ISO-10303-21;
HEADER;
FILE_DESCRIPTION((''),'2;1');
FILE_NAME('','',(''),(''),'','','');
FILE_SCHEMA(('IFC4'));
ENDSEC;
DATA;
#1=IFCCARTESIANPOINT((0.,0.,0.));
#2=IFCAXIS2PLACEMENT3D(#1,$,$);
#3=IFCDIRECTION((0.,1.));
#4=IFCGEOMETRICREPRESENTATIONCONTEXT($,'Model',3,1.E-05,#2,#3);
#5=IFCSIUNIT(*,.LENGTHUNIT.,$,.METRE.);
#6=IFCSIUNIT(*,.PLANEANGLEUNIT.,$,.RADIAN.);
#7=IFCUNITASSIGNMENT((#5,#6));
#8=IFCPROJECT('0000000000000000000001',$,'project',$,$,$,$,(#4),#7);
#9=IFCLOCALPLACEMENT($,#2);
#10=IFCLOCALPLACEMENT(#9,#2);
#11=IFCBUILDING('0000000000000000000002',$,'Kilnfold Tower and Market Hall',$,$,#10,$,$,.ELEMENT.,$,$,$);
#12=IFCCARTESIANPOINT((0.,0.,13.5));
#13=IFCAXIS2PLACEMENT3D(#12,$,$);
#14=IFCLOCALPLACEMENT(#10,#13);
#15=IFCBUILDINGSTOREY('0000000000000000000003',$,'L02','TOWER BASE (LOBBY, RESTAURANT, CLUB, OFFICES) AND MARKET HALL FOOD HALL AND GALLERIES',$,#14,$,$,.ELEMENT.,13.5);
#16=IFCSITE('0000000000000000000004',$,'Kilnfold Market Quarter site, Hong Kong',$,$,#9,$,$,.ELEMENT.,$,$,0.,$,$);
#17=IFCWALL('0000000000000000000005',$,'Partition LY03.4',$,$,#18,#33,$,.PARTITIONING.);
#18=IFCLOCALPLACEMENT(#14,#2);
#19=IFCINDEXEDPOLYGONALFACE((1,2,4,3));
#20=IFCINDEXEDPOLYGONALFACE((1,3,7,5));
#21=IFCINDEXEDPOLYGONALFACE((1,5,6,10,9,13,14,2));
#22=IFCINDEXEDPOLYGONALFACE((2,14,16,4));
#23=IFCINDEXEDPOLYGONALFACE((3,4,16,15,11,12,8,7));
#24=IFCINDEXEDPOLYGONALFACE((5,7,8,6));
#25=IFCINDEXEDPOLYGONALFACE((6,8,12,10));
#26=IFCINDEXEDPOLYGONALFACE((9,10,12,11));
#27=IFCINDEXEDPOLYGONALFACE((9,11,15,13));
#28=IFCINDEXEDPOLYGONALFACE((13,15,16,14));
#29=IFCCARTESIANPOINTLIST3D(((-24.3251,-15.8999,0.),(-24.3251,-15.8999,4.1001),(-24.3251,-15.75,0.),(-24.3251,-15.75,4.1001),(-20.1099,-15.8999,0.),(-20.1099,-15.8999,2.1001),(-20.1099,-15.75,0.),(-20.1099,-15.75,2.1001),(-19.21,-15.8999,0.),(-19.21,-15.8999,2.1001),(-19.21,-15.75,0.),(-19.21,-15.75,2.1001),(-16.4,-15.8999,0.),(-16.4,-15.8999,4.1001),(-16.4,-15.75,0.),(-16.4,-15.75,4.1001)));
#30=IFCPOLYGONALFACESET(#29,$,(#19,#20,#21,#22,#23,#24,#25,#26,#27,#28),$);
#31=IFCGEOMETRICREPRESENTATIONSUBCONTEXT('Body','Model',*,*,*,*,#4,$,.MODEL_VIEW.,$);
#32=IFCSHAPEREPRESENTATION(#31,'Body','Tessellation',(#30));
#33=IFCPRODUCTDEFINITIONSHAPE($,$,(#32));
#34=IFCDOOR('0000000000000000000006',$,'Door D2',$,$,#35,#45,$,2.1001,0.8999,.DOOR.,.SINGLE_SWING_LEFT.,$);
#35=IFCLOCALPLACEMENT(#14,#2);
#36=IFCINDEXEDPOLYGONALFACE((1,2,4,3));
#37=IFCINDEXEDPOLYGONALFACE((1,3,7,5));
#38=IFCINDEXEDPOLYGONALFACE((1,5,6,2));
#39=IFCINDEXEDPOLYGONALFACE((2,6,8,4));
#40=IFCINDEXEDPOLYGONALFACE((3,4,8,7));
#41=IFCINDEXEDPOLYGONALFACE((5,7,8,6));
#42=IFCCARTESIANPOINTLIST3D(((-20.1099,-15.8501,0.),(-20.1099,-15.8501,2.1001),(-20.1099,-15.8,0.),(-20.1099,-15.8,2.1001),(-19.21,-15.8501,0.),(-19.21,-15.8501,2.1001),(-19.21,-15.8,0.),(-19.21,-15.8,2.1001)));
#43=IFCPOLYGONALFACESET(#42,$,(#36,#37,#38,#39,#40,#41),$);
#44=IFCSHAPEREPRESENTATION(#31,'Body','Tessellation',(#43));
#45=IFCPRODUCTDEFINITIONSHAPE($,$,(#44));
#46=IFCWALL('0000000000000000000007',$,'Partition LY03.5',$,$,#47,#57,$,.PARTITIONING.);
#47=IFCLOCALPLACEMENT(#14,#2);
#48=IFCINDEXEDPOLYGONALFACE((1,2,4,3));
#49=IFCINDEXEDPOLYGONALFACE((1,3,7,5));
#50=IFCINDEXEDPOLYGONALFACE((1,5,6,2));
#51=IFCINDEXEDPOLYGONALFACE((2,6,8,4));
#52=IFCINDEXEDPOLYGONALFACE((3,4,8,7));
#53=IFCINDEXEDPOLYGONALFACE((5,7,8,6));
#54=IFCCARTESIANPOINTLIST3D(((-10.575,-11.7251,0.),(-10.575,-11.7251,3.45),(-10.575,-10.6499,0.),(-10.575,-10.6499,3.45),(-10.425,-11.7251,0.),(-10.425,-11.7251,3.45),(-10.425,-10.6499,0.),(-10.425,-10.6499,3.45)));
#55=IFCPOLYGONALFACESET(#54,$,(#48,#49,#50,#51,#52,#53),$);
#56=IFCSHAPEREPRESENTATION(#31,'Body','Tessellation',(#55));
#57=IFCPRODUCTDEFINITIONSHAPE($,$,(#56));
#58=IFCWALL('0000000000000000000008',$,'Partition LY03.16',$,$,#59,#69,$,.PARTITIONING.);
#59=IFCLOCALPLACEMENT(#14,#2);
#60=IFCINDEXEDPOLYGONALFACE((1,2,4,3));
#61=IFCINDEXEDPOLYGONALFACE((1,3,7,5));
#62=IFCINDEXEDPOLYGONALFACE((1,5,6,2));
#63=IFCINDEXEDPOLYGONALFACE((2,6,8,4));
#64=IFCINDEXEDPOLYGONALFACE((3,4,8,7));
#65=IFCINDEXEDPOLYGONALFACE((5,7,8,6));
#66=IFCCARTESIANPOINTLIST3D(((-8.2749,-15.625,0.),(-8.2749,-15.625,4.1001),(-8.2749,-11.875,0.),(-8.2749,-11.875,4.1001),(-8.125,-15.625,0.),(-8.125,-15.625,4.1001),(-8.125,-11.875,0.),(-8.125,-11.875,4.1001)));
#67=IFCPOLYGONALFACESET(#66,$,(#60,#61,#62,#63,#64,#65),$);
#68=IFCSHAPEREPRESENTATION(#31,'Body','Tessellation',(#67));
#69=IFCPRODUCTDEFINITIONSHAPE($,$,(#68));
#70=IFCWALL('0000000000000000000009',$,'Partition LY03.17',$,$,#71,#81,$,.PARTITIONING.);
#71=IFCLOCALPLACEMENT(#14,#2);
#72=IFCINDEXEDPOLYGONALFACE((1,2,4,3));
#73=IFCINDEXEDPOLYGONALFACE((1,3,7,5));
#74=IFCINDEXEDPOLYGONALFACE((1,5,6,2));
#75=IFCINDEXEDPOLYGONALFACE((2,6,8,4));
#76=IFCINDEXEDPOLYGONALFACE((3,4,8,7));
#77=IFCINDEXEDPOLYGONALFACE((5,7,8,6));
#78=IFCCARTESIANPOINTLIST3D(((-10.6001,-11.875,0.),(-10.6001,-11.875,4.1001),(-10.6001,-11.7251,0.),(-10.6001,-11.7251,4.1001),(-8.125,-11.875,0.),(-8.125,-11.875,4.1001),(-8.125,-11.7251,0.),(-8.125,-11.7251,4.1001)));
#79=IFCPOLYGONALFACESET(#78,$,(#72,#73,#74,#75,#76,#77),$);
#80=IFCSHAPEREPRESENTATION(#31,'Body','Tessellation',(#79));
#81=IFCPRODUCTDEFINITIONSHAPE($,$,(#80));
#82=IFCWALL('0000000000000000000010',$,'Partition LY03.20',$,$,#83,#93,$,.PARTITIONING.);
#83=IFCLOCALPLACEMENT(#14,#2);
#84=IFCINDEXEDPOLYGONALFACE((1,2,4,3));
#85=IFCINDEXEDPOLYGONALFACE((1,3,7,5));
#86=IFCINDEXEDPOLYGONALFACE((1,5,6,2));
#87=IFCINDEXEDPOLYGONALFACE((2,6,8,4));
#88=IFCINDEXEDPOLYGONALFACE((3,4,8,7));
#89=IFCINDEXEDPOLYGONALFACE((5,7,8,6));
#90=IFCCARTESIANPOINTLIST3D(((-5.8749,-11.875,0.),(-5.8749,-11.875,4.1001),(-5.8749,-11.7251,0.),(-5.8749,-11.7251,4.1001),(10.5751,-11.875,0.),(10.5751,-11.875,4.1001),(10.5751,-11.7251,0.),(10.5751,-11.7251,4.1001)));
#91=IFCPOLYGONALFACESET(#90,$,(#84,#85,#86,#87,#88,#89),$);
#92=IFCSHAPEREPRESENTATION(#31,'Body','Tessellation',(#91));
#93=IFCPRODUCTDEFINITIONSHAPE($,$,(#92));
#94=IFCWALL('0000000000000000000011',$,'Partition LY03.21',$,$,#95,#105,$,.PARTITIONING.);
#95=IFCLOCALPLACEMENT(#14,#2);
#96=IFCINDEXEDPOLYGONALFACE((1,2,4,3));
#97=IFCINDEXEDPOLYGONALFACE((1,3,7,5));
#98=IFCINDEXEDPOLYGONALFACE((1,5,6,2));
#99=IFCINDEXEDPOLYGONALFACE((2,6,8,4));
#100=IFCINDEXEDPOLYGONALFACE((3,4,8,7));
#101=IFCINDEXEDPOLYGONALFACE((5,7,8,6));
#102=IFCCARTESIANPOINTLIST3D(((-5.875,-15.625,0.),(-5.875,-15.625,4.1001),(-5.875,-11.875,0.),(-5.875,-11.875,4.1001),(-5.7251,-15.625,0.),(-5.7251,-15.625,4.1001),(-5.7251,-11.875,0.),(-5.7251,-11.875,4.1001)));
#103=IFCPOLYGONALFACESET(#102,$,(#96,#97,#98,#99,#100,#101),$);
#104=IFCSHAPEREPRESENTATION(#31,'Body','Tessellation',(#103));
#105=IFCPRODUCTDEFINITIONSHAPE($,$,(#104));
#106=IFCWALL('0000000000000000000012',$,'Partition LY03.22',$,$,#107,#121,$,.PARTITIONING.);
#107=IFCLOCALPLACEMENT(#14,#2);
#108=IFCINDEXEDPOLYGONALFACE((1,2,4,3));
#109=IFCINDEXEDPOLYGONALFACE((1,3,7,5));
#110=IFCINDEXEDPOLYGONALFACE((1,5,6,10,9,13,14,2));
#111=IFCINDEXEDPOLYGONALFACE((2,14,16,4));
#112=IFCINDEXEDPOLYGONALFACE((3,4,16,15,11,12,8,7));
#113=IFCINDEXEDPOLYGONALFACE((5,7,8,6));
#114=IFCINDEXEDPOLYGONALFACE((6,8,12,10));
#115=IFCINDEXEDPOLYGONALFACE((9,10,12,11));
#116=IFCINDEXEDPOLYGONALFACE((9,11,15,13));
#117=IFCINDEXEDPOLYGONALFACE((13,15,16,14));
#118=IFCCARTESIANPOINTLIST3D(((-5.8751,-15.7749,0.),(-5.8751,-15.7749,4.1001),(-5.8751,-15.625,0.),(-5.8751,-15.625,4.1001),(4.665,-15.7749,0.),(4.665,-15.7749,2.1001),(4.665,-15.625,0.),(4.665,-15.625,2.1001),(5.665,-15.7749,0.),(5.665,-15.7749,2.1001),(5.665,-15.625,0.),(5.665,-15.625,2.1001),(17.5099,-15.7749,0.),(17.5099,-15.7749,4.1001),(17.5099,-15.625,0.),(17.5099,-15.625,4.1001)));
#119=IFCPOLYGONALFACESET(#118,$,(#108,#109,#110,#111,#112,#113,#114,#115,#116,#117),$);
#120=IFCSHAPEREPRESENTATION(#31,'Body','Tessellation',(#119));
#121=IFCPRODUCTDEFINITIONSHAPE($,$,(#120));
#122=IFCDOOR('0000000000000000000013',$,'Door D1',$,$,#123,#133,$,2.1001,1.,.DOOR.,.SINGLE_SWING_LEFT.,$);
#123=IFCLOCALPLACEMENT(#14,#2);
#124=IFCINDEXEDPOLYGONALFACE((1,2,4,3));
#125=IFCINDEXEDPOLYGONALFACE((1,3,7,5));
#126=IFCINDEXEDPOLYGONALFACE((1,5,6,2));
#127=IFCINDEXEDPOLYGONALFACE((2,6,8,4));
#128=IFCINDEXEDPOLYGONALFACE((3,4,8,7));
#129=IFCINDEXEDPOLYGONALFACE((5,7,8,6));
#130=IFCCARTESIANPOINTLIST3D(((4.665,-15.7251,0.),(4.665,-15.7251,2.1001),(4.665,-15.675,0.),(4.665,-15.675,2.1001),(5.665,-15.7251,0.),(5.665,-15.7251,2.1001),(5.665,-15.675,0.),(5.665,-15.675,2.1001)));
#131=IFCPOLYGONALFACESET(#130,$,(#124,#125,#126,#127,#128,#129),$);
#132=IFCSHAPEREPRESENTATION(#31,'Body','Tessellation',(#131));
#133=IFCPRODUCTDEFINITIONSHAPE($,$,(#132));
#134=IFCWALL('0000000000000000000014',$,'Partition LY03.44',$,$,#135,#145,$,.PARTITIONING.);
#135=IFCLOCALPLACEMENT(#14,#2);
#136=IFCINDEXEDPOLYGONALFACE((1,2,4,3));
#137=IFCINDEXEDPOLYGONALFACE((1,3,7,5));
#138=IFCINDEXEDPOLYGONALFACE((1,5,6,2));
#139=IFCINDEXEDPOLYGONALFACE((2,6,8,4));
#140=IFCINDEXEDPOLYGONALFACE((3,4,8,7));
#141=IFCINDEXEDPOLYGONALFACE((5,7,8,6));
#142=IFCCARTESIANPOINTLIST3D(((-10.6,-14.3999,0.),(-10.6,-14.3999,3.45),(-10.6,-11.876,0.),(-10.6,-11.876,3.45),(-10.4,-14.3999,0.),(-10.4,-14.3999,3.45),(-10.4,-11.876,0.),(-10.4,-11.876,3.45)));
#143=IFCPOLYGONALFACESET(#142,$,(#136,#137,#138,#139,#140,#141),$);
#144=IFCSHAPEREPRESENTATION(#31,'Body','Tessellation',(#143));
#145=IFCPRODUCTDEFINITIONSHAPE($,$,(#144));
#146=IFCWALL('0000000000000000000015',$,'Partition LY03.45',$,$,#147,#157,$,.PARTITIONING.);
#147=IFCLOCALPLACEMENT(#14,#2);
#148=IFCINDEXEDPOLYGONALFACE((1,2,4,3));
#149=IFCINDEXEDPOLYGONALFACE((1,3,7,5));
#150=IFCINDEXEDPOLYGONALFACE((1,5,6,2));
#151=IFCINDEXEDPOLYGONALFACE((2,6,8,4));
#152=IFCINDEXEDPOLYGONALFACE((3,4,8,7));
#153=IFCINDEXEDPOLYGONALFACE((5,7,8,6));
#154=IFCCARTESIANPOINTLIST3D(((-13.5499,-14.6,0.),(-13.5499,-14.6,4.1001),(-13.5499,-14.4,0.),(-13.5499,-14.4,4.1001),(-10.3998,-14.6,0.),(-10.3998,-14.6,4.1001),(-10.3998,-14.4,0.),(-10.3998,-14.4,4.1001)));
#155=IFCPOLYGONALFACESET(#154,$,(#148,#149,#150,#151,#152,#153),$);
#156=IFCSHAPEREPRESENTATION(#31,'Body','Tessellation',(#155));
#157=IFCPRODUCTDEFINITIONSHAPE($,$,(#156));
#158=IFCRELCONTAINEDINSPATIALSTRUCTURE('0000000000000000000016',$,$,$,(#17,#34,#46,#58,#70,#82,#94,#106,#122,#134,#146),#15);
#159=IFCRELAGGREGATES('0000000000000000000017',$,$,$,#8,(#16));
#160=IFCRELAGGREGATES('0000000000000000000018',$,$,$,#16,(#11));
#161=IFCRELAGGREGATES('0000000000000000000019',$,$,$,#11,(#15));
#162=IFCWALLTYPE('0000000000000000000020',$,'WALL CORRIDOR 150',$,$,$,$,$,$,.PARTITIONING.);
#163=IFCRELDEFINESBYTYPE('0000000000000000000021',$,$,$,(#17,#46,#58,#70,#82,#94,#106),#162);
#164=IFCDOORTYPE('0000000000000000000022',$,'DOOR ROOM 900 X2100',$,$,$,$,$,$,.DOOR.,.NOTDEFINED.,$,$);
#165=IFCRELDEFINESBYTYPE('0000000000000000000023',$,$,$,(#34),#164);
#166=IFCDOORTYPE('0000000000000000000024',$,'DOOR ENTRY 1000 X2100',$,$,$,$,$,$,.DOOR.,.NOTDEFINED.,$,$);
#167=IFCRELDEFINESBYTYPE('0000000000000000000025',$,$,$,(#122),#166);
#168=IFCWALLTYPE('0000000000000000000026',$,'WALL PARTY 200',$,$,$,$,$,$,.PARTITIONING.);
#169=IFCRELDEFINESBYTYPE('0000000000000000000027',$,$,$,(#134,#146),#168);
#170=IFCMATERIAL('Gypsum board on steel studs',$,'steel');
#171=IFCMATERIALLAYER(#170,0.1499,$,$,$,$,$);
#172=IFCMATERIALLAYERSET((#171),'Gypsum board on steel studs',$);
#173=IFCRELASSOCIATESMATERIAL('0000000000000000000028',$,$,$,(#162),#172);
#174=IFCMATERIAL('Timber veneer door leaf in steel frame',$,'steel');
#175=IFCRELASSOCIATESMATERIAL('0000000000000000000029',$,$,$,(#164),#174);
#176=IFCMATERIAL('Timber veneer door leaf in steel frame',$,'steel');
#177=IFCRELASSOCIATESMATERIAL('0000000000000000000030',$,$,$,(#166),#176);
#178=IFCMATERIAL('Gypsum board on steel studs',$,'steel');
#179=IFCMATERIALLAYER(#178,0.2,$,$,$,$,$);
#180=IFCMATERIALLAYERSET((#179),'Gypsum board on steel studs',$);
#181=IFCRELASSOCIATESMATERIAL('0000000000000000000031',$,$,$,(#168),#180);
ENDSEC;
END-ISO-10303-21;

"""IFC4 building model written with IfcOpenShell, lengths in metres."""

from ifc_helpers import new_model, si_unit, direction, frame, frame_2d, origin, place, context, subcontext, project, spatial, rectangle, extrude, material, layer, layer_set, type_object, element, fill, save


model = new_model("IFC4")

# Units and contexts
model_context = context("Model", 3, precision=1e-05, world=origin(), true_north=direction((0.0, 1.0)))
body_context = subcontext(model_context, "Body", "Model", "MODEL_VIEW")
ifc_project = project(units=[si_unit("LENGTHUNIT", "METRE"), si_unit("PLANEANGLEUNIT", "RADIAN")], contexts=[model_context])

# Site, building, storey
site_placement = place(None, origin())
site = spatial("IfcSite", under=ifc_project, at=site_placement, Name="Kilnfold Market Quarter site, Hong Kong", CompositionType="ELEMENT", RefElevation=0.0)
building_placement = place(site_placement, origin())
building = spatial("IfcBuilding", under=site, at=building_placement, Name="Kilnfold Tower and Market Hall", CompositionType="ELEMENT")
storey_placement = place(building_placement, frame((0.0, 0.0, 13.5)))
storey = spatial("IfcBuildingStorey", under=building, at=storey_placement, Name="L02", Description="TOWER BASE (LOBBY, RESTAURANT, CLUB, OFFICES) AND MARKET HALL FOOD HALL AND GALLERIES", CompositionType="ELEMENT", Elevation=13.5)

# Shared definitions
ifc_material_1 = material(Name="Gypsum board on steel studs", Category="steel")
ifc_layer_1 = layer(ifc_material_1, 0.1499)
ifc_layer_set_1 = layer_set([ifc_layer_1], Name="Gypsum board on steel studs")
wall_type_1 = type_object("IfcWallType", Name="WALL CORRIDOR 150", PredefinedType="PARTITIONING", material=ifc_layer_set_1)
ifc_material_2 = material(Name="Timber veneer door leaf in steel frame", Category="steel")
door_type_1 = type_object("IfcDoorType", Name="DOOR ROOM 900 X2100", OperationType="NOTDEFINED", PredefinedType="DOOR", material=ifc_material_2)

# Wall, opening, door
wall_1_placement = place(storey_placement, frame((-24.325, -15.825, 0.0), z_axis=(0.0, 0.0, 1.0), x_axis=(1.0, 0.0, 0.0)))
wall_1 = element("IfcWall", 1, at=wall_1_placement, inside=storey, type_object=wall_type_1, Name="Partition LY03.4", PredefinedType="PARTITIONING", context=body_context, shape_type="SweptSolid", body=[
    extrude(rectangle(XDim=7.925, YDim=0.1499, at=frame_2d((3.9624, 0.0))), origin(), (0.0, 0.0, 1.0), 4.1001),
])
opening_1_placement = place(wall_1_placement, frame((4.2151, 0.0, 0.0)))
opening_1 = element("IfcOpeningElement", 2, at=opening_1_placement, cuts=wall_1, PredefinedType="OPENING", context=body_context, shape_type="SweptSolid", body=[
    extrude(rectangle(XDim=0.8999, YDim=2.1001, at=frame_2d((0.45, 1.05))), frame((0.0, 0.085, 0.0), z_axis=(0.0, -1.0, 0.0), x_axis=(1.0, 0.0, 0.0)), (0.0, 0.0, 1.0), 0.1699),
])
door_1_placement = place(opening_1_placement, origin())
door_1 = element("IfcDoor", 3, at=door_1_placement, inside=storey, type_object=door_type_1, Name="Door D2", OperationType="SINGLE_SWING_LEFT", OverallHeight=2.1001, OverallWidth=0.8999, PredefinedType="DOOR", context=body_context, shape_type="SweptSolid", body=[
    extrude(rectangle(XDim=0.8999, YDim=2.1001, at=frame_2d((0.45, 1.05))), frame((0.0, 0.0249, 0.0), z_axis=(0.0, -1.0, 0.0), x_axis=(1.0, 0.0, 0.0)), (0.0, 0.0, 1.0), 0.05),
])
fill(opening_1, door_1)

# Walls
wall_2_placement = place(storey_placement, frame((-10.5, -11.7251, 0.0), z_axis=(0.0, 0.0, 1.0), x_axis=(0.0, 1.0, 0.0)))
element("IfcWall", 4, at=wall_2_placement, inside=storey, type_object=wall_type_1, Name="Partition LY03.5", PredefinedType="PARTITIONING", context=body_context, shape_type="SweptSolid", body=[
    extrude(rectangle(XDim=1.0752, YDim=0.1499, at=frame_2d((0.5376, 0.0))), origin(), (0.0, 0.0, 1.0), 3.45),
])
wall_3_placement = place(storey_placement, frame((-8.2, -11.875, 0.0), z_axis=(0.0, 0.0, 1.0), x_axis=(0.0, -1.0, 0.0)))
element("IfcWall", 5, at=wall_3_placement, inside=storey, type_object=wall_type_1, Name="Partition LY03.16", PredefinedType="PARTITIONING", context=body_context, shape_type="SweptSolid", body=[
    extrude(rectangle(XDim=3.75, YDim=0.1499, at=frame_2d((1.875, 0.0))), origin(), (0.0, 0.0, 1.0), 4.1001),
])
wall_4_placement = place(storey_placement, frame((-10.6001, -11.8, 0.0), z_axis=(0.0, 0.0, 1.0), x_axis=(1.0, 0.0, 0.0)))
element("IfcWall", 6, at=wall_4_placement, inside=storey, type_object=wall_type_1, Name="Partition LY03.17", PredefinedType="PARTITIONING", context=body_context, shape_type="SweptSolid", body=[
    extrude(rectangle(XDim=2.4751, YDim=0.1499, at=frame_2d((1.2375, 0.0))), origin(), (0.0, 0.0, 1.0), 4.1001),
])
wall_5_placement = place(storey_placement, frame((-5.875, -11.8, 0.0), z_axis=(0.0, 0.0, 1.0), x_axis=(1.0, 0.0, 0.0)))
element("IfcWall", 7, at=wall_5_placement, inside=storey, type_object=wall_type_1, Name="Partition LY03.20", PredefinedType="PARTITIONING", context=body_context, shape_type="SweptSolid", body=[
    extrude(rectangle(XDim=16.45, YDim=0.1499, at=frame_2d((8.2251, 0.0))), origin(), (0.0, 0.0, 1.0), 4.1001),
])
wall_6_placement = place(storey_placement, frame((-5.8, -15.625, 0.0), z_axis=(0.0, 0.0, 1.0), x_axis=(0.0, 1.0, 0.0)))
element("IfcWall", 8, at=wall_6_placement, inside=storey, type_object=wall_type_1, Name="Partition LY03.21", PredefinedType="PARTITIONING", context=body_context, shape_type="SweptSolid", body=[
    extrude(rectangle(XDim=3.75, YDim=0.1499, at=frame_2d((1.875, 0.0))), origin(), (0.0, 0.0, 1.0), 4.1001),
])

# Wall, opening, door
wall_7_placement = place(storey_placement, frame((-5.875, -15.7, 0.0), z_axis=(0.0, 0.0, 1.0), x_axis=(1.0, 0.0, 0.0)))
wall_7 = element("IfcWall", 9, at=wall_7_placement, inside=storey, type_object=wall_type_1, Name="Partition LY03.22", PredefinedType="PARTITIONING", context=body_context, shape_type="SweptSolid", body=[
    extrude(rectangle(XDim=23.385, YDim=0.1499, at=frame_2d((11.6924, 0.0))), origin(), (0.0, 0.0, 1.0), 4.1001),
])
opening_2_placement = place(wall_7_placement, frame((10.54, 0.0, 0.0)))
opening_2 = element("IfcOpeningElement", 10, at=opening_2_placement, cuts=wall_7, PredefinedType="OPENING", context=body_context, shape_type="SweptSolid", body=[
    extrude(rectangle(XDim=1.0, YDim=2.1001, at=frame_2d((0.5, 1.05))), frame((0.0, 0.085, 0.0), z_axis=(0.0, -1.0, 0.0), x_axis=(1.0, 0.0, 0.0)), (0.0, 0.0, 1.0), 0.1699),
])
ifc_material_3 = material(Name="Timber veneer door leaf in steel frame", Category="steel")
door_type_2 = type_object("IfcDoorType", Name="DOOR ENTRY 1000 X2100", OperationType="NOTDEFINED", PredefinedType="DOOR", material=ifc_material_3)
door_2_placement = place(opening_2_placement, origin())
door_2 = element("IfcDoor", 11, at=door_2_placement, inside=storey, type_object=door_type_2, Name="Door D1", OperationType="SINGLE_SWING_LEFT", OverallHeight=2.1001, OverallWidth=1.0, PredefinedType="DOOR", context=body_context, shape_type="SweptSolid", body=[
    extrude(rectangle(XDim=1.0, YDim=2.1001, at=frame_2d((0.5, 1.05))), frame((0.0, 0.0249, 0.0), z_axis=(0.0, -1.0, 0.0), x_axis=(1.0, 0.0, 0.0)), (0.0, 0.0, 1.0), 0.05),
])
fill(opening_2, door_2)

# Walls
ifc_material_4 = material(Name="Gypsum board on steel studs", Category="steel")
ifc_layer_2 = layer(ifc_material_4, 0.2)
ifc_layer_set_2 = layer_set([ifc_layer_2], Name="Gypsum board on steel studs")
wall_type_2 = type_object("IfcWallType", Name="WALL PARTY 200", PredefinedType="PARTITIONING", material=ifc_layer_set_2)
wall_8_placement = place(storey_placement, frame((-10.5, -14.3999, 0.0), z_axis=(0.0, 0.0, 1.0), x_axis=(0.0, 1.0, 0.0)))
element("IfcWall", 12, at=wall_8_placement, inside=storey, type_object=wall_type_2, Name="Partition LY03.44", PredefinedType="PARTITIONING", context=body_context, shape_type="SweptSolid", body=[
    extrude(rectangle(XDim=2.5239, YDim=0.2, at=frame_2d((1.262, 0.0))), origin(), (0.0, 0.0, 1.0), 3.45),
])
wall_9_placement = place(storey_placement, frame((-13.55, -14.5, 0.0), z_axis=(0.0, 0.0, 1.0), x_axis=(1.0, 0.0, 0.0)))
element("IfcWall", 13, at=wall_9_placement, inside=storey, type_object=wall_type_2, Name="Partition LY03.45", PredefinedType="PARTITIONING", context=body_context, shape_type="SweptSolid", body=[
    extrude(rectangle(XDim=3.1501, YDim=0.2, at=frame_2d((1.5752, 0.0))), origin(), (0.0, 0.0, 1.0), 4.1001),
])

save(model, "model.ifc")
